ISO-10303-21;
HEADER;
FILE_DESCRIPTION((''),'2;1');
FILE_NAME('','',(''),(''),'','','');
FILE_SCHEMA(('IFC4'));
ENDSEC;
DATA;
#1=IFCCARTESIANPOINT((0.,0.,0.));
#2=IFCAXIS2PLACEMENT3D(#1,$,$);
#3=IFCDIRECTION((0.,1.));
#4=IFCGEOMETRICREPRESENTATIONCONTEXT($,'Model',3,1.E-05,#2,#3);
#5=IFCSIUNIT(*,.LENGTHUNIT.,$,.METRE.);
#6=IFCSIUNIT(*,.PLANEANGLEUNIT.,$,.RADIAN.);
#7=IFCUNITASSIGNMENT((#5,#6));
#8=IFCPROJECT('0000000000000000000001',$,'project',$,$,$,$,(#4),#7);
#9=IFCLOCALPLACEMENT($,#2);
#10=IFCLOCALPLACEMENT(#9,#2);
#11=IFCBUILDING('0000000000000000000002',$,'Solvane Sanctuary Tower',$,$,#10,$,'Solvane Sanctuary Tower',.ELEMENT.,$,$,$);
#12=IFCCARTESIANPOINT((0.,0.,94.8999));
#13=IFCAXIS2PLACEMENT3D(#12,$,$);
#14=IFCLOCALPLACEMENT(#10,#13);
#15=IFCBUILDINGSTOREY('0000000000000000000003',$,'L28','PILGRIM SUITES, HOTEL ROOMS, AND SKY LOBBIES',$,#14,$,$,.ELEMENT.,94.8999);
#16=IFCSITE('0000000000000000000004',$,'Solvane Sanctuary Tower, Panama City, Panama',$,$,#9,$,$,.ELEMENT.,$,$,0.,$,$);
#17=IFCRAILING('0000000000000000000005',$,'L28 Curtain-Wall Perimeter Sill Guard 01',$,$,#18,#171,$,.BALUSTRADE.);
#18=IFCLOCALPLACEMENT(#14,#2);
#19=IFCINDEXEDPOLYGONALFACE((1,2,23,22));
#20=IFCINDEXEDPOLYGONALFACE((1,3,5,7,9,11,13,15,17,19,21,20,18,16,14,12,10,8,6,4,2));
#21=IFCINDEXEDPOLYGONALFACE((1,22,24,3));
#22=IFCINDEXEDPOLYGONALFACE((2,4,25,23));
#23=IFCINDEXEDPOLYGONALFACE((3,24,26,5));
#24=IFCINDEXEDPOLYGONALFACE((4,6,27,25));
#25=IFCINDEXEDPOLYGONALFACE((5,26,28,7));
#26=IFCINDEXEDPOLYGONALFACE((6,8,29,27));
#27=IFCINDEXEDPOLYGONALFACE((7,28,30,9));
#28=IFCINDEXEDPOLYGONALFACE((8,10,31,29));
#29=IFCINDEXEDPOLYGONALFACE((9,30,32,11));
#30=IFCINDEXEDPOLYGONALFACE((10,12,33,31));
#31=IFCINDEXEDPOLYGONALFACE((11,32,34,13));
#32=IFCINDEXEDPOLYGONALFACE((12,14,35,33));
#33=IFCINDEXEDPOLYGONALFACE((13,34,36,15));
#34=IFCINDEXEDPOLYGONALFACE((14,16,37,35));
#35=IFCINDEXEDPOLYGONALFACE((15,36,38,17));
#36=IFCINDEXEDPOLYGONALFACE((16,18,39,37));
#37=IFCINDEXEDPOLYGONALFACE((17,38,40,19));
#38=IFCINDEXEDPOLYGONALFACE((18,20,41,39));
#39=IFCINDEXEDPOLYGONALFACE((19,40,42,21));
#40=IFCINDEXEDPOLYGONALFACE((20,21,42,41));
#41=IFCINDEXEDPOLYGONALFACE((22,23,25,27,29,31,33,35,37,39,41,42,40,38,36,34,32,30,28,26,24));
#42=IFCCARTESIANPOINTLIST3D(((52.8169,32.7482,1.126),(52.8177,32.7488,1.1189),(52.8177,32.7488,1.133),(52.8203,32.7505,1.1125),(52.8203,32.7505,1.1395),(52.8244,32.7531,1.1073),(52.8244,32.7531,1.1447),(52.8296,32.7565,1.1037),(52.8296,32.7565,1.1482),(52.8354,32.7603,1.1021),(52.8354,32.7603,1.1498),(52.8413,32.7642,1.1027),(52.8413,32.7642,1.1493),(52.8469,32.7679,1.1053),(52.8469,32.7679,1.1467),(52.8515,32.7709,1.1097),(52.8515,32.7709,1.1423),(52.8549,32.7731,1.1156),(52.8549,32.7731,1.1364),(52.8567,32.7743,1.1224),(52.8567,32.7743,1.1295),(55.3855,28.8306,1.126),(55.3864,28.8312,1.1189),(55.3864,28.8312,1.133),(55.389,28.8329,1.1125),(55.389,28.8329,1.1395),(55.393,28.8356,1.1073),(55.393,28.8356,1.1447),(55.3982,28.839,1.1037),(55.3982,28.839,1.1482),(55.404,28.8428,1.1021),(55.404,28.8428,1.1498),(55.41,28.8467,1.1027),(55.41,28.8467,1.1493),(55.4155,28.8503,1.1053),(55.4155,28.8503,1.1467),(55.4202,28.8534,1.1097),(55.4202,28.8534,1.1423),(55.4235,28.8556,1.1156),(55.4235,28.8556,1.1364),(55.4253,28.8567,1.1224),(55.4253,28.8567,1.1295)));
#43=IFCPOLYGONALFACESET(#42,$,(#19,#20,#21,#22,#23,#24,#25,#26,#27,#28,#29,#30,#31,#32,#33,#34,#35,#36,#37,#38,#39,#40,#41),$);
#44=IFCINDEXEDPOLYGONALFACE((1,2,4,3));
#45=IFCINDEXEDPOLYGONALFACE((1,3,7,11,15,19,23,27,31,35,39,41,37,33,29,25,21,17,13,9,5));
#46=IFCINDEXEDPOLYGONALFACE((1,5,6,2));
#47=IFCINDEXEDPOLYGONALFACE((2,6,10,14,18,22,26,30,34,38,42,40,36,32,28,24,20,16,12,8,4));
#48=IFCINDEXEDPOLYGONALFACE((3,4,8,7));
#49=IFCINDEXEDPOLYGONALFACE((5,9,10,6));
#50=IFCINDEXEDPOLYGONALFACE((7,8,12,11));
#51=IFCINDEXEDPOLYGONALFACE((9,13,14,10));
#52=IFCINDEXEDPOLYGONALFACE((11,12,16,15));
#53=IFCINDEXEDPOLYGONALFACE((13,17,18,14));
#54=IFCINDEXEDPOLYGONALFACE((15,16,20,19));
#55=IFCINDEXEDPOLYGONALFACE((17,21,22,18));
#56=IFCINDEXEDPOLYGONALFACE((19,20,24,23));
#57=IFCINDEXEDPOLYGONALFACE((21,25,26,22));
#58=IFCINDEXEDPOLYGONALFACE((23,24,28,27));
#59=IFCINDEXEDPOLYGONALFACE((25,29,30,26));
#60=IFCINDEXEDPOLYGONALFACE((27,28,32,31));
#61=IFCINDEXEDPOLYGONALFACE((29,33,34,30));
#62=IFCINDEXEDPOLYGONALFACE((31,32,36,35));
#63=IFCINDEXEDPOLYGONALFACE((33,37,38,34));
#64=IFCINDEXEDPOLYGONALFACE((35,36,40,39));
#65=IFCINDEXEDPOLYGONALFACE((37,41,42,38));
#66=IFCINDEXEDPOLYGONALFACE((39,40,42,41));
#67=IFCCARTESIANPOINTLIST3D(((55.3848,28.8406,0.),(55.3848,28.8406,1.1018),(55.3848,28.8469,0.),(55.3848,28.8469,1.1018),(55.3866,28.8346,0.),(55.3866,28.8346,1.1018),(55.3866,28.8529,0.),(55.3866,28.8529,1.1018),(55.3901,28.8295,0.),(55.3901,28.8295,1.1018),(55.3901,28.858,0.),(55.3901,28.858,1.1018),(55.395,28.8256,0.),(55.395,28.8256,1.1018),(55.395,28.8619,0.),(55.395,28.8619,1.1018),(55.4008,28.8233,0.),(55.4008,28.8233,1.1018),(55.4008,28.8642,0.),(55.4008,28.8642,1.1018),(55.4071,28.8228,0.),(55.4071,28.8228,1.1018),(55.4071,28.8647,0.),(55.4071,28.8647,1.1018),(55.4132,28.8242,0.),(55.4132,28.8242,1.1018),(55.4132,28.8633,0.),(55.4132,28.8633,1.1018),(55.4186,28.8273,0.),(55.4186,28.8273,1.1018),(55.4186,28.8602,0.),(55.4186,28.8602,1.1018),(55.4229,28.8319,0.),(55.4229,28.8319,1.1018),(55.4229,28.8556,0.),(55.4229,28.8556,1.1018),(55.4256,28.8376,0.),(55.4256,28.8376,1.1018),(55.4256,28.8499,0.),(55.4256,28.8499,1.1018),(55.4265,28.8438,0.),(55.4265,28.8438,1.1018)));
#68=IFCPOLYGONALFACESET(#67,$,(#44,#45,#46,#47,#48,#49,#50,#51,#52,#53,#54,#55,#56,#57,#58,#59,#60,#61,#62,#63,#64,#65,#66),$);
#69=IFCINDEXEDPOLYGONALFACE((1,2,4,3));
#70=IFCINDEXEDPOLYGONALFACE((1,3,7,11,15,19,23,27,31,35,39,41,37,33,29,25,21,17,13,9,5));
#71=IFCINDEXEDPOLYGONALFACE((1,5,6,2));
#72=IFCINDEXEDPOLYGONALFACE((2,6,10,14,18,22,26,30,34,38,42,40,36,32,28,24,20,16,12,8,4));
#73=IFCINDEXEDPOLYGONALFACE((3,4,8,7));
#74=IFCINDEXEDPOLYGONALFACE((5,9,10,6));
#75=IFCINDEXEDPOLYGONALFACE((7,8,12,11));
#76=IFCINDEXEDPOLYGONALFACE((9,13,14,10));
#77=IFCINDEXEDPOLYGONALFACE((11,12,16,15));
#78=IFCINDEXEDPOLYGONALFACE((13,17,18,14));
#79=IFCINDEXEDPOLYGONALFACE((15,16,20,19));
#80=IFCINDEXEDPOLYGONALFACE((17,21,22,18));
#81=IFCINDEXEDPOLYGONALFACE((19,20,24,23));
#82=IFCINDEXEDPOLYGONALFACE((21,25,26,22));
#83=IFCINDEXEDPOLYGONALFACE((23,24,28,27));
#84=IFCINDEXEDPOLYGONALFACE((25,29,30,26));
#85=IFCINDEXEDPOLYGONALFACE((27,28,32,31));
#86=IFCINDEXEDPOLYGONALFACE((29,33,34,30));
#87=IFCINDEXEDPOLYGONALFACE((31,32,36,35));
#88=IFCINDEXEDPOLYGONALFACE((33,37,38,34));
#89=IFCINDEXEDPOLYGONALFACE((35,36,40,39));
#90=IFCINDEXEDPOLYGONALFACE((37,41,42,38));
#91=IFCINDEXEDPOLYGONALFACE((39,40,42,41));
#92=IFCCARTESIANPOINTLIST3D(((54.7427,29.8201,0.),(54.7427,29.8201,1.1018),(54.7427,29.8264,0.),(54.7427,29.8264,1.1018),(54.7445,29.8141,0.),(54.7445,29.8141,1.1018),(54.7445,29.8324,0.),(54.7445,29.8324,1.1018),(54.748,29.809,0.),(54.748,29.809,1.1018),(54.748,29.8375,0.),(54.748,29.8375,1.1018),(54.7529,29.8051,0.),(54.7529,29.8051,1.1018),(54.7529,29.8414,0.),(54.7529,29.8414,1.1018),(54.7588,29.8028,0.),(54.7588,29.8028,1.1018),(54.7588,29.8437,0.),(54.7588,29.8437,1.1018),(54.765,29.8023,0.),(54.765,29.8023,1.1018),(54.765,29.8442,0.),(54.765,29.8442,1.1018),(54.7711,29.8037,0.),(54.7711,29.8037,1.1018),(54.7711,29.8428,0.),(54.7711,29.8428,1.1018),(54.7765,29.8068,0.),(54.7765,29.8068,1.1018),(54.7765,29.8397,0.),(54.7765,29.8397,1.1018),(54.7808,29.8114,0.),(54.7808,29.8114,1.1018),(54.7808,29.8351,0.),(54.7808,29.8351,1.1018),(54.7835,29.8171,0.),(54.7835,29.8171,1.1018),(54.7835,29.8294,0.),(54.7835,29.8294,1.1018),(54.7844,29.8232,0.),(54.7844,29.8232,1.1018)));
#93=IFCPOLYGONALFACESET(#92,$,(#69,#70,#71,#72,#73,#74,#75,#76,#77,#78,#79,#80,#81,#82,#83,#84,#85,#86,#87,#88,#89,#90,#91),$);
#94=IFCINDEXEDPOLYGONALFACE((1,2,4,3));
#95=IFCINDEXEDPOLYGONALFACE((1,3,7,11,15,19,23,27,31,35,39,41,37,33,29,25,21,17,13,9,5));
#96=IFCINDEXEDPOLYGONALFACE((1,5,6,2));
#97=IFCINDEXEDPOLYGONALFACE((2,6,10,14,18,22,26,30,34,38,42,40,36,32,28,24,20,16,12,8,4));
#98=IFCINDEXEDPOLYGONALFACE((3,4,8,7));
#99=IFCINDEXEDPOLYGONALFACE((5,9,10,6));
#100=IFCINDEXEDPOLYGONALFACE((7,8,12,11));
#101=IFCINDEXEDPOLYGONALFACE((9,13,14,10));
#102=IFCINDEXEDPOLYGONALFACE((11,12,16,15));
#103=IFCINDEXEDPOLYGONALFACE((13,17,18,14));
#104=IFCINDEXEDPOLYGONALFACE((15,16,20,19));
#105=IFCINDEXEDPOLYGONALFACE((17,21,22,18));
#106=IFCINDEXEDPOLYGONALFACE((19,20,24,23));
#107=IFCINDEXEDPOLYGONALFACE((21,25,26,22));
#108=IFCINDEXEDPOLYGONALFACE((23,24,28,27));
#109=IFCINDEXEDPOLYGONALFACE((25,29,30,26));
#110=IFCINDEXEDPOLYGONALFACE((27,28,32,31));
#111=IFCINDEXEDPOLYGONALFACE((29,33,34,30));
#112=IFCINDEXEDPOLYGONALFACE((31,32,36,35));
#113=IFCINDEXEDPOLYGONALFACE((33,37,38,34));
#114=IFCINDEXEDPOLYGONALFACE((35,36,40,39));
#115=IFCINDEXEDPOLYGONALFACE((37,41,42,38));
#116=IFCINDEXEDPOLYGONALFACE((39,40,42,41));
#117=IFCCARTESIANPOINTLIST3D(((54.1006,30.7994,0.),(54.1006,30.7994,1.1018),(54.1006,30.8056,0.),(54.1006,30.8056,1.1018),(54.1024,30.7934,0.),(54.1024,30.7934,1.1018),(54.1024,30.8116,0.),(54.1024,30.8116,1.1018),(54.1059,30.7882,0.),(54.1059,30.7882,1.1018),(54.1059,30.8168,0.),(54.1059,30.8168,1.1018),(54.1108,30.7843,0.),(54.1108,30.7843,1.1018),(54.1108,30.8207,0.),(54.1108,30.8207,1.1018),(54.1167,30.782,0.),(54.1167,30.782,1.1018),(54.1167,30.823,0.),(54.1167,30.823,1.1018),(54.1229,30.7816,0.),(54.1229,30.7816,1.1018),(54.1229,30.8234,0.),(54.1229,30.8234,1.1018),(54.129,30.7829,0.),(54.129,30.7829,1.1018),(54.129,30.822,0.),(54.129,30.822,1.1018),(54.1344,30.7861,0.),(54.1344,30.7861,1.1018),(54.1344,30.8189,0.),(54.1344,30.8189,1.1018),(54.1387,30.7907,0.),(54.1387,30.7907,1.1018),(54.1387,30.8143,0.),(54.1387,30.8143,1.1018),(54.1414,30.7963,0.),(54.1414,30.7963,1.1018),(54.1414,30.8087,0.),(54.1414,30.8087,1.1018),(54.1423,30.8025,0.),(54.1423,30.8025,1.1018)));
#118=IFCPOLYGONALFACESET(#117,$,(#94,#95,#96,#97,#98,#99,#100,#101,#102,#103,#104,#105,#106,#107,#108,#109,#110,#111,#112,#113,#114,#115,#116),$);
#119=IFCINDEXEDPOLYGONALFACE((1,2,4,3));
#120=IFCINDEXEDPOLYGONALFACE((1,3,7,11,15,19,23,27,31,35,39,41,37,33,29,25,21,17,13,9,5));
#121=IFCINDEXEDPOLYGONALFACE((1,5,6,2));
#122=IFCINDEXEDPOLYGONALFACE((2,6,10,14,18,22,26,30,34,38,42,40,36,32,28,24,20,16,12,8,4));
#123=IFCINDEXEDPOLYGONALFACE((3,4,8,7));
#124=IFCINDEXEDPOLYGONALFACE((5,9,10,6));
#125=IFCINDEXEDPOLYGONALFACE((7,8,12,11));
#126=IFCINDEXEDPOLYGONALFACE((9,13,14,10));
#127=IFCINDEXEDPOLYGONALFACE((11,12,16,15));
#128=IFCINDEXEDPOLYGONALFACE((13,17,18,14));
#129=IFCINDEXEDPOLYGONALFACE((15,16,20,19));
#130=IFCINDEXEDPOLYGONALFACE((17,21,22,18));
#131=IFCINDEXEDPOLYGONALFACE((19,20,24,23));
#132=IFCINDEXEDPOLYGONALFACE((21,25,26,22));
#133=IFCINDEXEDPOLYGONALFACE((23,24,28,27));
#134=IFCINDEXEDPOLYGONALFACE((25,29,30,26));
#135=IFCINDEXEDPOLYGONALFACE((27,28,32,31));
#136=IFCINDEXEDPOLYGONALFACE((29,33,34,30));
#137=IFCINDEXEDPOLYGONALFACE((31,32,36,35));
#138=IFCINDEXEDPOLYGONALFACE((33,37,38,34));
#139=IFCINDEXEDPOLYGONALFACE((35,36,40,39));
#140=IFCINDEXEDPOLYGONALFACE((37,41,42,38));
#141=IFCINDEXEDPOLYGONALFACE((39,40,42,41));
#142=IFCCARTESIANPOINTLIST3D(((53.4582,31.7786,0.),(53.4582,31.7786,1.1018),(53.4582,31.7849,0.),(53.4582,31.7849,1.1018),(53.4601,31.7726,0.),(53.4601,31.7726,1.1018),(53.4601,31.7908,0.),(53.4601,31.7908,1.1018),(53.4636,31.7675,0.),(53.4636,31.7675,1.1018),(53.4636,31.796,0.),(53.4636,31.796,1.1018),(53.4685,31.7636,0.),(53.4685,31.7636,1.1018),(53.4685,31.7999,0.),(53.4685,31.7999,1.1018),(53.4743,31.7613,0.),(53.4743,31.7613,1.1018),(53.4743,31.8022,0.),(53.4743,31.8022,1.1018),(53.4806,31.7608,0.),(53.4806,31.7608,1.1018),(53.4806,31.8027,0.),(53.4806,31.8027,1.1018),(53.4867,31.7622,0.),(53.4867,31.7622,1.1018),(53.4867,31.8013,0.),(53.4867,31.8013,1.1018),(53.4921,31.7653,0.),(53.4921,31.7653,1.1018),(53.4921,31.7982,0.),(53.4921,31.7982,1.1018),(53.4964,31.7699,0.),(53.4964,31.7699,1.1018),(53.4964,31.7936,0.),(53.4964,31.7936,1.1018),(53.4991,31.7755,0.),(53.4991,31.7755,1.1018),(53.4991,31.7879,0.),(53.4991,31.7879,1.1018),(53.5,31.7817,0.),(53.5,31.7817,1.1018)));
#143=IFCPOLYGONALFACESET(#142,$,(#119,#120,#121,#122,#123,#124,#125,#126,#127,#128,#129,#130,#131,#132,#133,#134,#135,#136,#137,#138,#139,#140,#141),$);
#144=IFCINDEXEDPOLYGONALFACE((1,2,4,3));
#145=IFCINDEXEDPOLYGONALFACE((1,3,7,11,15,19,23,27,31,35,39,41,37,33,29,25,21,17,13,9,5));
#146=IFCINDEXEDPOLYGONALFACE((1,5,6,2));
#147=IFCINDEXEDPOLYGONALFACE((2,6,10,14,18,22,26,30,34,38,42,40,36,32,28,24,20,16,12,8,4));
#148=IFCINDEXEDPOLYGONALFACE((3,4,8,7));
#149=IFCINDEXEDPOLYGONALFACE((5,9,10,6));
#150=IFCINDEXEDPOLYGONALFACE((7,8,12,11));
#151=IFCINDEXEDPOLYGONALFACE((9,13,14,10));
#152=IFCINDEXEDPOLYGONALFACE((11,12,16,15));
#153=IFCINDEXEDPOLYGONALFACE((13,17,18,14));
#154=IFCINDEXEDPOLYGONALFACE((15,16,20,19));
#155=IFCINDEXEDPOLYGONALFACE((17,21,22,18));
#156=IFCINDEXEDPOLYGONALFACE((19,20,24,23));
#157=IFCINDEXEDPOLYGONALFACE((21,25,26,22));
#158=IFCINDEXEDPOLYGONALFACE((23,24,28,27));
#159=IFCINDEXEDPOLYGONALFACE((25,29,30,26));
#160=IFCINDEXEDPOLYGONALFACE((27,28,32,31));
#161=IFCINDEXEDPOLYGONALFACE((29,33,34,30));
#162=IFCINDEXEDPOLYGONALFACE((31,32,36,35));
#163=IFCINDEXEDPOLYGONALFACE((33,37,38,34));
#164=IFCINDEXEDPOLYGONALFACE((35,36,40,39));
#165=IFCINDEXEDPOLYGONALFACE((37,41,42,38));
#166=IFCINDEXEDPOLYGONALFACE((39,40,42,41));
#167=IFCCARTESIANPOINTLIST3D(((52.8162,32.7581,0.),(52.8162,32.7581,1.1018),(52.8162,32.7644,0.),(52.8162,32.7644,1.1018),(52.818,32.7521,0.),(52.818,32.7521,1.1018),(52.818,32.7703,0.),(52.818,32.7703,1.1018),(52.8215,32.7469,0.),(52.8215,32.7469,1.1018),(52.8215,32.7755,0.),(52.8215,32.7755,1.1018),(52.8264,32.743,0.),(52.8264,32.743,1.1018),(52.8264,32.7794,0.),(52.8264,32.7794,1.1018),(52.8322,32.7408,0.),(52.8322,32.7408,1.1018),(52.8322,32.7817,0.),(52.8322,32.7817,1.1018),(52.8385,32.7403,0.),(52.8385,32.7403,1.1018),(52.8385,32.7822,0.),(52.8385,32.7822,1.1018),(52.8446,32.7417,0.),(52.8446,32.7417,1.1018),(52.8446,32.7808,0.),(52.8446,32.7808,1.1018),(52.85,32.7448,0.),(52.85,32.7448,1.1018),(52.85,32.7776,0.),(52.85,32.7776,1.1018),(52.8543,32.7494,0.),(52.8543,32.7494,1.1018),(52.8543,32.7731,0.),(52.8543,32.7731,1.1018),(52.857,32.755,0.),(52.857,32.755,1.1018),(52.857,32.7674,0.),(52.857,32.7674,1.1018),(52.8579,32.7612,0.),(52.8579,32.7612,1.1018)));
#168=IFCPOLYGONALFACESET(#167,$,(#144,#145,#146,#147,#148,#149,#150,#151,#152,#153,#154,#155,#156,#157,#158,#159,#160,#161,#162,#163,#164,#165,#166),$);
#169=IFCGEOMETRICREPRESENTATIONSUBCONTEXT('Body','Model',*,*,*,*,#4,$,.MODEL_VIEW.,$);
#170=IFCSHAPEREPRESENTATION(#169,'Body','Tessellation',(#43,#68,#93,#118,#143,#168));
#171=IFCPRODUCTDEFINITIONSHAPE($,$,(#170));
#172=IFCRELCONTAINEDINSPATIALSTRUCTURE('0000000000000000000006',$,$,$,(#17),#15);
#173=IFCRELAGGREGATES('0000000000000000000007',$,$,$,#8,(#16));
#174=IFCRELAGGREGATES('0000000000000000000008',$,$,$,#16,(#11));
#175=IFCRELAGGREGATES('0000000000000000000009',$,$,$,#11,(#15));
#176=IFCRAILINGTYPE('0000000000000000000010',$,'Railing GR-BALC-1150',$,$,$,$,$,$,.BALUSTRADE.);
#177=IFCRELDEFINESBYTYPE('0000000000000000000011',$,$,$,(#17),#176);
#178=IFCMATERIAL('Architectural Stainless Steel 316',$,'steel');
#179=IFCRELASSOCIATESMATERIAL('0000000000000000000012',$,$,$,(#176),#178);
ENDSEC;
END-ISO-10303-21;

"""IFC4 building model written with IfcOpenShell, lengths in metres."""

from ifc_helpers import new_model, si_unit, direction, frame, origin, origin_2d, place, context, subcontext, project, spatial, circle, extrude, material, type_object, element, save


model = new_model("IFC4")

# Units and contexts
model_context = context("Model", 3, precision=1e-05, world=origin(), true_north=direction((0.0, 1.0)))
body_context = subcontext(model_context, "Body", "Model", "MODEL_VIEW")
ifc_project = project(units=[si_unit("LENGTHUNIT", "METRE"), si_unit("PLANEANGLEUNIT", "RADIAN")], contexts=[model_context])

# Site, building, storey
site_placement = place(None, origin())
site = spatial("IfcSite", under=ifc_project, at=site_placement, Name="Solvane Sanctuary Tower, Panama City, Panama", CompositionType="ELEMENT", RefElevation=0.0)
building_placement = place(site_placement, origin())
building = spatial("IfcBuilding", under=site, at=building_placement, Name="Solvane Sanctuary Tower", LongName="Solvane Sanctuary Tower", CompositionType="ELEMENT")
storey_placement = place(building_placement, frame((0.0, 0.0, 94.8999)))
storey = spatial("IfcBuildingStorey", under=building, at=storey_placement, Name="L28", Description="PILGRIM SUITES, HOTEL ROOMS, AND SKY LOBBIES", CompositionType="ELEMENT", Elevation=94.8999)

# Shared definitions
ifc_material_1 = material(Name="Architectural Stainless Steel 316", Category="steel")

# Railing
railing_type_1 = type_object("IfcRailingType", Name="Railing GR-BALC-1150", PredefinedType="BALUSTRADE", material=ifc_material_1)
railing_1_placement = place(storey_placement, frame((55.4055, 28.8438, 0.0)))
element("IfcRailing", 1, at=railing_1_placement, inside=storey, type_object=railing_type_1, Name="L28 Curtain-Wall Perimeter Sill Guard 01", PredefinedType="BALUSTRADE", context=body_context, shape_type="SweptSolid", body=[
    extrude(circle(Radius=0.0239, at=origin_2d()), frame((0.0, 0.0, 1.126), z_axis=(-0.548322, 0.836267, 0.0), x_axis=(-0.836267, -0.548322, 0.0)), (0.0, 0.0, 1.0), 4.6846),
    extrude(circle(Radius=0.021, at=origin_2d()), origin(), (0.0, 0.0, 1.0), 1.1018),
    extrude(circle(Radius=0.021, at=origin_2d()), frame((-0.6421, 0.9795, 0.0)), (0.0, 0.0, 1.0), 1.1018),
    extrude(circle(Radius=0.021, at=origin_2d()), frame((-1.2842, 1.9587, 0.0)), (0.0, 0.0, 1.0), 1.1018),
    extrude(circle(Radius=0.021, at=origin_2d()), frame((-1.9265, 2.938, 0.0)), (0.0, 0.0, 1.0), 1.1018),
    extrude(circle(Radius=0.021, at=origin_2d()), frame((-2.5686, 3.9175, 0.0)), (0.0, 0.0, 1.0), 1.1018),
])

save(model, "model.ifc")
